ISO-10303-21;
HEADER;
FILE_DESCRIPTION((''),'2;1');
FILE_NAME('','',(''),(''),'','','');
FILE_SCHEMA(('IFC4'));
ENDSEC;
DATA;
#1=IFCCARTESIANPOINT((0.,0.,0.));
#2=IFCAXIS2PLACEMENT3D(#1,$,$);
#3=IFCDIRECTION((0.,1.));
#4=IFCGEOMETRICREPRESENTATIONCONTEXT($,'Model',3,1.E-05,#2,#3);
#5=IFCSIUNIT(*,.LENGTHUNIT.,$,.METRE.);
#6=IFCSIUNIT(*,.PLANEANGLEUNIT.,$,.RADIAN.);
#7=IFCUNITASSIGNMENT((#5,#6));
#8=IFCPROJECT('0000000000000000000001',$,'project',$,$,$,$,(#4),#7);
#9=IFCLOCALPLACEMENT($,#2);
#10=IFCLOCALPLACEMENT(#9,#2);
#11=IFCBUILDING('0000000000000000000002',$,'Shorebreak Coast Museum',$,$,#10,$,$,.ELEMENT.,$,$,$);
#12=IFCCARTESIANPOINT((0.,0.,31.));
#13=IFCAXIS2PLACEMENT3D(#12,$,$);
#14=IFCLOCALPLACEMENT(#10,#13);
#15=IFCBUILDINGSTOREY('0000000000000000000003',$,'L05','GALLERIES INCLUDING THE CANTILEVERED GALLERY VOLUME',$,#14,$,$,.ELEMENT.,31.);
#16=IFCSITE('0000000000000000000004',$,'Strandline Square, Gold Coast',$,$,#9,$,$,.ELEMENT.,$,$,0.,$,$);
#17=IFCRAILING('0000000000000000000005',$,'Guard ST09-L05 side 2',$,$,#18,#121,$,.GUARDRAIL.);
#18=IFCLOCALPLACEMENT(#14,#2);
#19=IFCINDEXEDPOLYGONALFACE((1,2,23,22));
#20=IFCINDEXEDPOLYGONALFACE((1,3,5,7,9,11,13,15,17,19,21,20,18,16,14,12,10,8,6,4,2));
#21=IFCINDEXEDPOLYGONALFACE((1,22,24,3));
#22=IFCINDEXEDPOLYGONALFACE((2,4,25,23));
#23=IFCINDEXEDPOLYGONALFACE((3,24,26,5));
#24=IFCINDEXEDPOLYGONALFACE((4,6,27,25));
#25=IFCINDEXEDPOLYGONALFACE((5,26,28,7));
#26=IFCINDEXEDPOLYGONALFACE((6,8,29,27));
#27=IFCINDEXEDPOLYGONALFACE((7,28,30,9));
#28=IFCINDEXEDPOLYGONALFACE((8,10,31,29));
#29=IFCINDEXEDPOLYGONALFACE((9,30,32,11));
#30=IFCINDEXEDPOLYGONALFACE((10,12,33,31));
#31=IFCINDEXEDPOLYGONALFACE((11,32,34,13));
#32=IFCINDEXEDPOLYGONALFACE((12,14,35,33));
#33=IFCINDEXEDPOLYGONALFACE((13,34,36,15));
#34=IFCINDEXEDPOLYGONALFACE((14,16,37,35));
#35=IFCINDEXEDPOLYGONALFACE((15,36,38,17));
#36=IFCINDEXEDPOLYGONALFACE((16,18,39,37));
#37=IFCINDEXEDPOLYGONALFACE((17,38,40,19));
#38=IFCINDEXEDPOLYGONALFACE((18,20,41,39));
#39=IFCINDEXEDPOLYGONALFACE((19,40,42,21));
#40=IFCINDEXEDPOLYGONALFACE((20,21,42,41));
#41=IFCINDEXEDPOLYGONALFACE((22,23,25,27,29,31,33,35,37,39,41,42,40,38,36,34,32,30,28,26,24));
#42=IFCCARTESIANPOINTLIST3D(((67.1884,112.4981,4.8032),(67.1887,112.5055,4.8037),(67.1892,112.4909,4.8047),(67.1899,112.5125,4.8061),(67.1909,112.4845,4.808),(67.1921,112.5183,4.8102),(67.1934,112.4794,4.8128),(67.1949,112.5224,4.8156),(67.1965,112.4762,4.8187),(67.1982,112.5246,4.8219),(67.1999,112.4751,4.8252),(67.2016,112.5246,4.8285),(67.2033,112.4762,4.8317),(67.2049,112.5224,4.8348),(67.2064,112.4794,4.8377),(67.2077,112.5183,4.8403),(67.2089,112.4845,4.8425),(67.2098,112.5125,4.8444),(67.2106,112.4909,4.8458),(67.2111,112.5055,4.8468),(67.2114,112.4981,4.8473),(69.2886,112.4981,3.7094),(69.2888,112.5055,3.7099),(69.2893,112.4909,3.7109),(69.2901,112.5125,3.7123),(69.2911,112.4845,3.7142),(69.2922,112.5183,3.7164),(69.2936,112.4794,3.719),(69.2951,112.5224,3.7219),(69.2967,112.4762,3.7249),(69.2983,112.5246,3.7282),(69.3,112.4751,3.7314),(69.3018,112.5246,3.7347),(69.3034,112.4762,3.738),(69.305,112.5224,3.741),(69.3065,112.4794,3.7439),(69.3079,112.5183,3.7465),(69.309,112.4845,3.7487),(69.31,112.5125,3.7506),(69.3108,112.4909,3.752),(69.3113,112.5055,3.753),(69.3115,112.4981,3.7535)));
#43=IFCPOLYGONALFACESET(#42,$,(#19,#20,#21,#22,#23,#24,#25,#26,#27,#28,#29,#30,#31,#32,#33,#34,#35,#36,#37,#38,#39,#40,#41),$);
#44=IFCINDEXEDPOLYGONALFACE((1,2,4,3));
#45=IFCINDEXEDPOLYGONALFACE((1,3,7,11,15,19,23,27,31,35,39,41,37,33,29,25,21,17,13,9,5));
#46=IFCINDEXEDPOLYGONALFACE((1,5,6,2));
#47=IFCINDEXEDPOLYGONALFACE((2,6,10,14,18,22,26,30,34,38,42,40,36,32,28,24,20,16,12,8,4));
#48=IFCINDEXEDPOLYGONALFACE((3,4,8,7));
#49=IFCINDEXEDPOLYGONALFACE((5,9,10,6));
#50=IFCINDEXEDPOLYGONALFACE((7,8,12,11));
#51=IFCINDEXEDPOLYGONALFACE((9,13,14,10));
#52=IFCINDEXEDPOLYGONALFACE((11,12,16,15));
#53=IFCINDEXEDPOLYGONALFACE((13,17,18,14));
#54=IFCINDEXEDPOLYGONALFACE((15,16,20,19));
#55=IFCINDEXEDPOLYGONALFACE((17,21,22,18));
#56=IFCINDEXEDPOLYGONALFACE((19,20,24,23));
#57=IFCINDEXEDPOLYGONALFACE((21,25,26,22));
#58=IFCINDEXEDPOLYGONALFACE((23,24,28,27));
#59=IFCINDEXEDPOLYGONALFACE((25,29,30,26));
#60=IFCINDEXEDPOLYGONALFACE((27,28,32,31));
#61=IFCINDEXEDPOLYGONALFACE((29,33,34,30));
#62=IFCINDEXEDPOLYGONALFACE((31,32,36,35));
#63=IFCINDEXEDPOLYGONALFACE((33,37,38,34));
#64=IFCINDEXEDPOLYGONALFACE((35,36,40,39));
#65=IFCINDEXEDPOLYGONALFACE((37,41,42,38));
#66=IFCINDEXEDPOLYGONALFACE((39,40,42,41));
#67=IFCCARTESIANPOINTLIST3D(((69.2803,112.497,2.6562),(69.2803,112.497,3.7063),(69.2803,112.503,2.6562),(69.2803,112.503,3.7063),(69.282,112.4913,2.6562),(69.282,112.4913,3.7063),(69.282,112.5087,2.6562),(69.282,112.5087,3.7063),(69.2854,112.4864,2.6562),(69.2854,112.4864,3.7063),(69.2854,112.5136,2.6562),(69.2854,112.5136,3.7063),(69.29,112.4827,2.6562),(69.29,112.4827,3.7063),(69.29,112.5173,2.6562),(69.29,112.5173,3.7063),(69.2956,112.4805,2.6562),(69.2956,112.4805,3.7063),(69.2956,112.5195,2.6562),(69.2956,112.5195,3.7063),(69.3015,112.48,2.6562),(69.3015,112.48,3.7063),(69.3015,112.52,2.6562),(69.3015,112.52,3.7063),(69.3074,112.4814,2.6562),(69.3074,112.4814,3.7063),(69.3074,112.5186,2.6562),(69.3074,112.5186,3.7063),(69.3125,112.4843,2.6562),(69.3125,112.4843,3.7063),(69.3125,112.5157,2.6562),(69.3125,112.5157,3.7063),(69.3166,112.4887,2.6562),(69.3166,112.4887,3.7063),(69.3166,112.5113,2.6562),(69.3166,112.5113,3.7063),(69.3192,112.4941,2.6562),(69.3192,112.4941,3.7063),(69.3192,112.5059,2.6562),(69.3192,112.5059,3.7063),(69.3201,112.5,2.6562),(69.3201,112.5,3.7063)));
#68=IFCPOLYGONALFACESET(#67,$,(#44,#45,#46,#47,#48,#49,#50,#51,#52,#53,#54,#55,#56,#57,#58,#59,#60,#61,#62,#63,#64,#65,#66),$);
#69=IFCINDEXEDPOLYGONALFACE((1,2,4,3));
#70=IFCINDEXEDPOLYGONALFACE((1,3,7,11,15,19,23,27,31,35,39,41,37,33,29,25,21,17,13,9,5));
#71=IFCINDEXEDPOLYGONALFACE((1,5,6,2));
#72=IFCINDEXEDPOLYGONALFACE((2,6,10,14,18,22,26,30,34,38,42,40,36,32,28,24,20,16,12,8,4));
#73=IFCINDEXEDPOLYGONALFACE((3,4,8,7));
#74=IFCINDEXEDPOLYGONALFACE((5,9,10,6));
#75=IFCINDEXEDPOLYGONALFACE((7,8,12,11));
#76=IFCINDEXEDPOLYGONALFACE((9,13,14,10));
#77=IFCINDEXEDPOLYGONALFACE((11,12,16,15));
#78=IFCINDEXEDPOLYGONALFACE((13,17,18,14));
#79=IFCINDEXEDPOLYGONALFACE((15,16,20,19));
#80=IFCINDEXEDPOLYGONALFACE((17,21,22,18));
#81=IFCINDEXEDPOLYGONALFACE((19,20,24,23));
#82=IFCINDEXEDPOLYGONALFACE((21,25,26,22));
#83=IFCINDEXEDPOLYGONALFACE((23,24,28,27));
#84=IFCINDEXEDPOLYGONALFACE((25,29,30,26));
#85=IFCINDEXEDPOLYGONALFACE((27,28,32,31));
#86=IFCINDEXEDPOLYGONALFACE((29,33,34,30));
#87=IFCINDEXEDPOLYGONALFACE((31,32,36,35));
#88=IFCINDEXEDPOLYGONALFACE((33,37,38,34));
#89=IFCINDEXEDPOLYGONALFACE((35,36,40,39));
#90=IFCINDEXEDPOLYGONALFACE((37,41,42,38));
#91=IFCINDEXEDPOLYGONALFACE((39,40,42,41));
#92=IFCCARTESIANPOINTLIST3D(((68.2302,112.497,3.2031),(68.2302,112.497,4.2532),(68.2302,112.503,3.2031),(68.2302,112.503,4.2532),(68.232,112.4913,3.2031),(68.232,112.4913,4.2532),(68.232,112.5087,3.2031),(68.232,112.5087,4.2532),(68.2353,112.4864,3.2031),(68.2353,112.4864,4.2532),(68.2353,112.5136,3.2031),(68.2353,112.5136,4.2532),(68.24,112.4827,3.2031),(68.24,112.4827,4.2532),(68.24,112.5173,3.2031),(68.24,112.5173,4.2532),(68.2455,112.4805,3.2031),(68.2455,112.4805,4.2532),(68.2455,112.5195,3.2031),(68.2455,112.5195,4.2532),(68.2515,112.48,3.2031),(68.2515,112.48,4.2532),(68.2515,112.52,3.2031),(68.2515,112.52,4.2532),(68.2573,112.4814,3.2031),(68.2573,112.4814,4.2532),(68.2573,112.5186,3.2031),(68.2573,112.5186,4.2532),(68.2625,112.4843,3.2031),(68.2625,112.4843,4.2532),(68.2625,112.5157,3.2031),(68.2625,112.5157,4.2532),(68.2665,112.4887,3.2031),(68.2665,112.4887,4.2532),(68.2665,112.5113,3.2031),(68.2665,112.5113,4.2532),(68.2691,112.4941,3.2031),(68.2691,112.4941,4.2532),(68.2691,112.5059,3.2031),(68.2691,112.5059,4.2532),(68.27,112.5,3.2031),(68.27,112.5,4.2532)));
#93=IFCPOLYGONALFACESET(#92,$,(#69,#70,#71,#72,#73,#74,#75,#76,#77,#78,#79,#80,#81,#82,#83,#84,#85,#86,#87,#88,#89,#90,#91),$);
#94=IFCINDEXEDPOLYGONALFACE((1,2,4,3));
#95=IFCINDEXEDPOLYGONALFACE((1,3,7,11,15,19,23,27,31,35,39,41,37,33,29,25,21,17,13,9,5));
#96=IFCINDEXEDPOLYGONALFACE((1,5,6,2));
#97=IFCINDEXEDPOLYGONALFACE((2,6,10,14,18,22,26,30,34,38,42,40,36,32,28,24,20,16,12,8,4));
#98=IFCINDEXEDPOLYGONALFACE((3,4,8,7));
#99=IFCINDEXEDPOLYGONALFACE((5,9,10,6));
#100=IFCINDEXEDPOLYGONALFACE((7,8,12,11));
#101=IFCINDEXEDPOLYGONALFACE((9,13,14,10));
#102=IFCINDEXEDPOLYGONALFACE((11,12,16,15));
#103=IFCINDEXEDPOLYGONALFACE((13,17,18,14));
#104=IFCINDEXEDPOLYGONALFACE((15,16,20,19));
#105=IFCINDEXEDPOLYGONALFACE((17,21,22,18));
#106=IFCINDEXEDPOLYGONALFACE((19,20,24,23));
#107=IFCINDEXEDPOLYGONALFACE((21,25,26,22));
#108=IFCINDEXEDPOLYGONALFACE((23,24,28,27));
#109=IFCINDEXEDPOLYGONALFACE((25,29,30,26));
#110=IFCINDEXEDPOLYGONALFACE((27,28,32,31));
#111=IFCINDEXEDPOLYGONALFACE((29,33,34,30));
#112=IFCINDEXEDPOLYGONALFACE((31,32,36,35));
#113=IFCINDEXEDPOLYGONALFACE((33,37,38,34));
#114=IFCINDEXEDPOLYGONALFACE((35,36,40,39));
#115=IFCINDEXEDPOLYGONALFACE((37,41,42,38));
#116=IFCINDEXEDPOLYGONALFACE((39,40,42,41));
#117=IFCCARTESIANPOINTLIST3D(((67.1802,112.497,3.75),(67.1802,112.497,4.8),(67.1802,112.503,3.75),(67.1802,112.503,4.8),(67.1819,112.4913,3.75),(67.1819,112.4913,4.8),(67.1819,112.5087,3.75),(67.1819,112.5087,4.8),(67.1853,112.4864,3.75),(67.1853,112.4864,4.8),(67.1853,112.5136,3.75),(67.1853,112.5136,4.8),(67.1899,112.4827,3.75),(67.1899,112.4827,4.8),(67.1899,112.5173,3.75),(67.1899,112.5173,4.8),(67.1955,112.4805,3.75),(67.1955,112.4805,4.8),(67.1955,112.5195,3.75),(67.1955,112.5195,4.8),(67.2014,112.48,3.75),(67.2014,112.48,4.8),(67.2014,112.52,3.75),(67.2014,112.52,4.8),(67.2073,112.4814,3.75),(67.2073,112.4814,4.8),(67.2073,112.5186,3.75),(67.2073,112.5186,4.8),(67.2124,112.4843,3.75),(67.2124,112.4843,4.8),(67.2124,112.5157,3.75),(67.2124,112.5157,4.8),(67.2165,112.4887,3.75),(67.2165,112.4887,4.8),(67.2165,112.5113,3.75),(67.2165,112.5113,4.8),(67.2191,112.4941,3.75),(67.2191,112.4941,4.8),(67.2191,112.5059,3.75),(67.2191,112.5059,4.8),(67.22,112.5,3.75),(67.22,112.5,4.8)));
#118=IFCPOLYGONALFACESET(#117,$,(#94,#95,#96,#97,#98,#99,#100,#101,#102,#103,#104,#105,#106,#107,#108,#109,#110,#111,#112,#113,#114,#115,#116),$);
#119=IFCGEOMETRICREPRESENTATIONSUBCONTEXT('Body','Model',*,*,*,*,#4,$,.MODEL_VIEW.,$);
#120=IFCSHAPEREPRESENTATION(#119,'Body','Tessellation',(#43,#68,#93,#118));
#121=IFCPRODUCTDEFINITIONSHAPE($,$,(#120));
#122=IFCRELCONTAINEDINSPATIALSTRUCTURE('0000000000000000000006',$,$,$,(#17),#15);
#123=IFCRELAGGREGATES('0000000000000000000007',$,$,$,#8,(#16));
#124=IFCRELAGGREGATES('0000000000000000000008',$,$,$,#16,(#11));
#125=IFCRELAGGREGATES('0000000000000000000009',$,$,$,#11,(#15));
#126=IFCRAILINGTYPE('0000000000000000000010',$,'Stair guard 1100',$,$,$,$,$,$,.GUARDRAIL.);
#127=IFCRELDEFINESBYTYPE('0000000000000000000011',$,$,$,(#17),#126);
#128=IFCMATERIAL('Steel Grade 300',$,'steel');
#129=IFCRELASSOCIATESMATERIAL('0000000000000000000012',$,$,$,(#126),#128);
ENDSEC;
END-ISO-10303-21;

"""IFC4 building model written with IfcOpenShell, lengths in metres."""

from ifc_helpers import new_model, si_unit, direction, frame, origin, origin_2d, place, context, subcontext, project, spatial, circle, extrude, material, type_object, element, save


model = new_model("IFC4")

# Units and contexts
model_context = context("Model", 3, precision=1e-05, world=origin(), true_north=direction((0.0, 1.0)))
body_context = subcontext(model_context, "Body", "Model", "MODEL_VIEW")
ifc_project = project(units=[si_unit("LENGTHUNIT", "METRE"), si_unit("PLANEANGLEUNIT", "RADIAN")], contexts=[model_context])

# Site, building, storey
site_placement = place(None, origin())
site = spatial("IfcSite", under=ifc_project, at=site_placement, Name="Strandline Square, Gold Coast", CompositionType="ELEMENT", RefElevation=0.0)
building_placement = place(site_placement, origin())
building = spatial("IfcBuilding", under=site, at=building_placement, Name="Shorebreak Coast Museum", CompositionType="ELEMENT")
storey_placement = place(building_placement, frame((0.0, 0.0, 31.0)))
storey = spatial("IfcBuildingStorey", under=building, at=storey_placement, Name="L05", Description="GALLERIES INCLUDING THE CANTILEVERED GALLERY VOLUME", CompositionType="ELEMENT", Elevation=31.0)

# Railing
ifc_material_1 = material(Name="Steel Grade 300", Category="steel")
railing_type_1 = type_object("IfcRailingType", Name="Stair guard 1100", PredefinedType="GUARDRAIL", material=ifc_material_1)
railing_1_placement = place(storey_placement, frame((69.3, 112.5, 2.6562)))
element("IfcRailing", 1, at=railing_1_placement, inside=storey, type_object=railing_type_1, Name="Guard ST09-L05 side 2", PredefinedType="GUARDRAIL", context=body_context, shape_type="SweptSolid", body=[
    extrude(circle(Radius=0.0249, at=origin_2d()), frame((0.0, 0.0, 1.0752), z_axis=(-0.886923, 0.0, 0.461918), x_axis=(0.0, -1.0, 0.0)), (0.0, 0.0, 1.0), 2.3679),
    extrude(circle(Radius=0.02, at=origin_2d()), origin(), (0.0, 0.0, 1.0), 1.05),
    extrude(circle(Radius=0.02, at=origin_2d()), frame((-1.05, 0.0, 0.5469)), (0.0, 0.0, 1.0), 1.05),
    extrude(circle(Radius=0.02, at=origin_2d()), frame((-2.1001, 0.0, 1.0938)), (0.0, 0.0, 1.0), 1.05),
])

save(model, "model.ifc")
